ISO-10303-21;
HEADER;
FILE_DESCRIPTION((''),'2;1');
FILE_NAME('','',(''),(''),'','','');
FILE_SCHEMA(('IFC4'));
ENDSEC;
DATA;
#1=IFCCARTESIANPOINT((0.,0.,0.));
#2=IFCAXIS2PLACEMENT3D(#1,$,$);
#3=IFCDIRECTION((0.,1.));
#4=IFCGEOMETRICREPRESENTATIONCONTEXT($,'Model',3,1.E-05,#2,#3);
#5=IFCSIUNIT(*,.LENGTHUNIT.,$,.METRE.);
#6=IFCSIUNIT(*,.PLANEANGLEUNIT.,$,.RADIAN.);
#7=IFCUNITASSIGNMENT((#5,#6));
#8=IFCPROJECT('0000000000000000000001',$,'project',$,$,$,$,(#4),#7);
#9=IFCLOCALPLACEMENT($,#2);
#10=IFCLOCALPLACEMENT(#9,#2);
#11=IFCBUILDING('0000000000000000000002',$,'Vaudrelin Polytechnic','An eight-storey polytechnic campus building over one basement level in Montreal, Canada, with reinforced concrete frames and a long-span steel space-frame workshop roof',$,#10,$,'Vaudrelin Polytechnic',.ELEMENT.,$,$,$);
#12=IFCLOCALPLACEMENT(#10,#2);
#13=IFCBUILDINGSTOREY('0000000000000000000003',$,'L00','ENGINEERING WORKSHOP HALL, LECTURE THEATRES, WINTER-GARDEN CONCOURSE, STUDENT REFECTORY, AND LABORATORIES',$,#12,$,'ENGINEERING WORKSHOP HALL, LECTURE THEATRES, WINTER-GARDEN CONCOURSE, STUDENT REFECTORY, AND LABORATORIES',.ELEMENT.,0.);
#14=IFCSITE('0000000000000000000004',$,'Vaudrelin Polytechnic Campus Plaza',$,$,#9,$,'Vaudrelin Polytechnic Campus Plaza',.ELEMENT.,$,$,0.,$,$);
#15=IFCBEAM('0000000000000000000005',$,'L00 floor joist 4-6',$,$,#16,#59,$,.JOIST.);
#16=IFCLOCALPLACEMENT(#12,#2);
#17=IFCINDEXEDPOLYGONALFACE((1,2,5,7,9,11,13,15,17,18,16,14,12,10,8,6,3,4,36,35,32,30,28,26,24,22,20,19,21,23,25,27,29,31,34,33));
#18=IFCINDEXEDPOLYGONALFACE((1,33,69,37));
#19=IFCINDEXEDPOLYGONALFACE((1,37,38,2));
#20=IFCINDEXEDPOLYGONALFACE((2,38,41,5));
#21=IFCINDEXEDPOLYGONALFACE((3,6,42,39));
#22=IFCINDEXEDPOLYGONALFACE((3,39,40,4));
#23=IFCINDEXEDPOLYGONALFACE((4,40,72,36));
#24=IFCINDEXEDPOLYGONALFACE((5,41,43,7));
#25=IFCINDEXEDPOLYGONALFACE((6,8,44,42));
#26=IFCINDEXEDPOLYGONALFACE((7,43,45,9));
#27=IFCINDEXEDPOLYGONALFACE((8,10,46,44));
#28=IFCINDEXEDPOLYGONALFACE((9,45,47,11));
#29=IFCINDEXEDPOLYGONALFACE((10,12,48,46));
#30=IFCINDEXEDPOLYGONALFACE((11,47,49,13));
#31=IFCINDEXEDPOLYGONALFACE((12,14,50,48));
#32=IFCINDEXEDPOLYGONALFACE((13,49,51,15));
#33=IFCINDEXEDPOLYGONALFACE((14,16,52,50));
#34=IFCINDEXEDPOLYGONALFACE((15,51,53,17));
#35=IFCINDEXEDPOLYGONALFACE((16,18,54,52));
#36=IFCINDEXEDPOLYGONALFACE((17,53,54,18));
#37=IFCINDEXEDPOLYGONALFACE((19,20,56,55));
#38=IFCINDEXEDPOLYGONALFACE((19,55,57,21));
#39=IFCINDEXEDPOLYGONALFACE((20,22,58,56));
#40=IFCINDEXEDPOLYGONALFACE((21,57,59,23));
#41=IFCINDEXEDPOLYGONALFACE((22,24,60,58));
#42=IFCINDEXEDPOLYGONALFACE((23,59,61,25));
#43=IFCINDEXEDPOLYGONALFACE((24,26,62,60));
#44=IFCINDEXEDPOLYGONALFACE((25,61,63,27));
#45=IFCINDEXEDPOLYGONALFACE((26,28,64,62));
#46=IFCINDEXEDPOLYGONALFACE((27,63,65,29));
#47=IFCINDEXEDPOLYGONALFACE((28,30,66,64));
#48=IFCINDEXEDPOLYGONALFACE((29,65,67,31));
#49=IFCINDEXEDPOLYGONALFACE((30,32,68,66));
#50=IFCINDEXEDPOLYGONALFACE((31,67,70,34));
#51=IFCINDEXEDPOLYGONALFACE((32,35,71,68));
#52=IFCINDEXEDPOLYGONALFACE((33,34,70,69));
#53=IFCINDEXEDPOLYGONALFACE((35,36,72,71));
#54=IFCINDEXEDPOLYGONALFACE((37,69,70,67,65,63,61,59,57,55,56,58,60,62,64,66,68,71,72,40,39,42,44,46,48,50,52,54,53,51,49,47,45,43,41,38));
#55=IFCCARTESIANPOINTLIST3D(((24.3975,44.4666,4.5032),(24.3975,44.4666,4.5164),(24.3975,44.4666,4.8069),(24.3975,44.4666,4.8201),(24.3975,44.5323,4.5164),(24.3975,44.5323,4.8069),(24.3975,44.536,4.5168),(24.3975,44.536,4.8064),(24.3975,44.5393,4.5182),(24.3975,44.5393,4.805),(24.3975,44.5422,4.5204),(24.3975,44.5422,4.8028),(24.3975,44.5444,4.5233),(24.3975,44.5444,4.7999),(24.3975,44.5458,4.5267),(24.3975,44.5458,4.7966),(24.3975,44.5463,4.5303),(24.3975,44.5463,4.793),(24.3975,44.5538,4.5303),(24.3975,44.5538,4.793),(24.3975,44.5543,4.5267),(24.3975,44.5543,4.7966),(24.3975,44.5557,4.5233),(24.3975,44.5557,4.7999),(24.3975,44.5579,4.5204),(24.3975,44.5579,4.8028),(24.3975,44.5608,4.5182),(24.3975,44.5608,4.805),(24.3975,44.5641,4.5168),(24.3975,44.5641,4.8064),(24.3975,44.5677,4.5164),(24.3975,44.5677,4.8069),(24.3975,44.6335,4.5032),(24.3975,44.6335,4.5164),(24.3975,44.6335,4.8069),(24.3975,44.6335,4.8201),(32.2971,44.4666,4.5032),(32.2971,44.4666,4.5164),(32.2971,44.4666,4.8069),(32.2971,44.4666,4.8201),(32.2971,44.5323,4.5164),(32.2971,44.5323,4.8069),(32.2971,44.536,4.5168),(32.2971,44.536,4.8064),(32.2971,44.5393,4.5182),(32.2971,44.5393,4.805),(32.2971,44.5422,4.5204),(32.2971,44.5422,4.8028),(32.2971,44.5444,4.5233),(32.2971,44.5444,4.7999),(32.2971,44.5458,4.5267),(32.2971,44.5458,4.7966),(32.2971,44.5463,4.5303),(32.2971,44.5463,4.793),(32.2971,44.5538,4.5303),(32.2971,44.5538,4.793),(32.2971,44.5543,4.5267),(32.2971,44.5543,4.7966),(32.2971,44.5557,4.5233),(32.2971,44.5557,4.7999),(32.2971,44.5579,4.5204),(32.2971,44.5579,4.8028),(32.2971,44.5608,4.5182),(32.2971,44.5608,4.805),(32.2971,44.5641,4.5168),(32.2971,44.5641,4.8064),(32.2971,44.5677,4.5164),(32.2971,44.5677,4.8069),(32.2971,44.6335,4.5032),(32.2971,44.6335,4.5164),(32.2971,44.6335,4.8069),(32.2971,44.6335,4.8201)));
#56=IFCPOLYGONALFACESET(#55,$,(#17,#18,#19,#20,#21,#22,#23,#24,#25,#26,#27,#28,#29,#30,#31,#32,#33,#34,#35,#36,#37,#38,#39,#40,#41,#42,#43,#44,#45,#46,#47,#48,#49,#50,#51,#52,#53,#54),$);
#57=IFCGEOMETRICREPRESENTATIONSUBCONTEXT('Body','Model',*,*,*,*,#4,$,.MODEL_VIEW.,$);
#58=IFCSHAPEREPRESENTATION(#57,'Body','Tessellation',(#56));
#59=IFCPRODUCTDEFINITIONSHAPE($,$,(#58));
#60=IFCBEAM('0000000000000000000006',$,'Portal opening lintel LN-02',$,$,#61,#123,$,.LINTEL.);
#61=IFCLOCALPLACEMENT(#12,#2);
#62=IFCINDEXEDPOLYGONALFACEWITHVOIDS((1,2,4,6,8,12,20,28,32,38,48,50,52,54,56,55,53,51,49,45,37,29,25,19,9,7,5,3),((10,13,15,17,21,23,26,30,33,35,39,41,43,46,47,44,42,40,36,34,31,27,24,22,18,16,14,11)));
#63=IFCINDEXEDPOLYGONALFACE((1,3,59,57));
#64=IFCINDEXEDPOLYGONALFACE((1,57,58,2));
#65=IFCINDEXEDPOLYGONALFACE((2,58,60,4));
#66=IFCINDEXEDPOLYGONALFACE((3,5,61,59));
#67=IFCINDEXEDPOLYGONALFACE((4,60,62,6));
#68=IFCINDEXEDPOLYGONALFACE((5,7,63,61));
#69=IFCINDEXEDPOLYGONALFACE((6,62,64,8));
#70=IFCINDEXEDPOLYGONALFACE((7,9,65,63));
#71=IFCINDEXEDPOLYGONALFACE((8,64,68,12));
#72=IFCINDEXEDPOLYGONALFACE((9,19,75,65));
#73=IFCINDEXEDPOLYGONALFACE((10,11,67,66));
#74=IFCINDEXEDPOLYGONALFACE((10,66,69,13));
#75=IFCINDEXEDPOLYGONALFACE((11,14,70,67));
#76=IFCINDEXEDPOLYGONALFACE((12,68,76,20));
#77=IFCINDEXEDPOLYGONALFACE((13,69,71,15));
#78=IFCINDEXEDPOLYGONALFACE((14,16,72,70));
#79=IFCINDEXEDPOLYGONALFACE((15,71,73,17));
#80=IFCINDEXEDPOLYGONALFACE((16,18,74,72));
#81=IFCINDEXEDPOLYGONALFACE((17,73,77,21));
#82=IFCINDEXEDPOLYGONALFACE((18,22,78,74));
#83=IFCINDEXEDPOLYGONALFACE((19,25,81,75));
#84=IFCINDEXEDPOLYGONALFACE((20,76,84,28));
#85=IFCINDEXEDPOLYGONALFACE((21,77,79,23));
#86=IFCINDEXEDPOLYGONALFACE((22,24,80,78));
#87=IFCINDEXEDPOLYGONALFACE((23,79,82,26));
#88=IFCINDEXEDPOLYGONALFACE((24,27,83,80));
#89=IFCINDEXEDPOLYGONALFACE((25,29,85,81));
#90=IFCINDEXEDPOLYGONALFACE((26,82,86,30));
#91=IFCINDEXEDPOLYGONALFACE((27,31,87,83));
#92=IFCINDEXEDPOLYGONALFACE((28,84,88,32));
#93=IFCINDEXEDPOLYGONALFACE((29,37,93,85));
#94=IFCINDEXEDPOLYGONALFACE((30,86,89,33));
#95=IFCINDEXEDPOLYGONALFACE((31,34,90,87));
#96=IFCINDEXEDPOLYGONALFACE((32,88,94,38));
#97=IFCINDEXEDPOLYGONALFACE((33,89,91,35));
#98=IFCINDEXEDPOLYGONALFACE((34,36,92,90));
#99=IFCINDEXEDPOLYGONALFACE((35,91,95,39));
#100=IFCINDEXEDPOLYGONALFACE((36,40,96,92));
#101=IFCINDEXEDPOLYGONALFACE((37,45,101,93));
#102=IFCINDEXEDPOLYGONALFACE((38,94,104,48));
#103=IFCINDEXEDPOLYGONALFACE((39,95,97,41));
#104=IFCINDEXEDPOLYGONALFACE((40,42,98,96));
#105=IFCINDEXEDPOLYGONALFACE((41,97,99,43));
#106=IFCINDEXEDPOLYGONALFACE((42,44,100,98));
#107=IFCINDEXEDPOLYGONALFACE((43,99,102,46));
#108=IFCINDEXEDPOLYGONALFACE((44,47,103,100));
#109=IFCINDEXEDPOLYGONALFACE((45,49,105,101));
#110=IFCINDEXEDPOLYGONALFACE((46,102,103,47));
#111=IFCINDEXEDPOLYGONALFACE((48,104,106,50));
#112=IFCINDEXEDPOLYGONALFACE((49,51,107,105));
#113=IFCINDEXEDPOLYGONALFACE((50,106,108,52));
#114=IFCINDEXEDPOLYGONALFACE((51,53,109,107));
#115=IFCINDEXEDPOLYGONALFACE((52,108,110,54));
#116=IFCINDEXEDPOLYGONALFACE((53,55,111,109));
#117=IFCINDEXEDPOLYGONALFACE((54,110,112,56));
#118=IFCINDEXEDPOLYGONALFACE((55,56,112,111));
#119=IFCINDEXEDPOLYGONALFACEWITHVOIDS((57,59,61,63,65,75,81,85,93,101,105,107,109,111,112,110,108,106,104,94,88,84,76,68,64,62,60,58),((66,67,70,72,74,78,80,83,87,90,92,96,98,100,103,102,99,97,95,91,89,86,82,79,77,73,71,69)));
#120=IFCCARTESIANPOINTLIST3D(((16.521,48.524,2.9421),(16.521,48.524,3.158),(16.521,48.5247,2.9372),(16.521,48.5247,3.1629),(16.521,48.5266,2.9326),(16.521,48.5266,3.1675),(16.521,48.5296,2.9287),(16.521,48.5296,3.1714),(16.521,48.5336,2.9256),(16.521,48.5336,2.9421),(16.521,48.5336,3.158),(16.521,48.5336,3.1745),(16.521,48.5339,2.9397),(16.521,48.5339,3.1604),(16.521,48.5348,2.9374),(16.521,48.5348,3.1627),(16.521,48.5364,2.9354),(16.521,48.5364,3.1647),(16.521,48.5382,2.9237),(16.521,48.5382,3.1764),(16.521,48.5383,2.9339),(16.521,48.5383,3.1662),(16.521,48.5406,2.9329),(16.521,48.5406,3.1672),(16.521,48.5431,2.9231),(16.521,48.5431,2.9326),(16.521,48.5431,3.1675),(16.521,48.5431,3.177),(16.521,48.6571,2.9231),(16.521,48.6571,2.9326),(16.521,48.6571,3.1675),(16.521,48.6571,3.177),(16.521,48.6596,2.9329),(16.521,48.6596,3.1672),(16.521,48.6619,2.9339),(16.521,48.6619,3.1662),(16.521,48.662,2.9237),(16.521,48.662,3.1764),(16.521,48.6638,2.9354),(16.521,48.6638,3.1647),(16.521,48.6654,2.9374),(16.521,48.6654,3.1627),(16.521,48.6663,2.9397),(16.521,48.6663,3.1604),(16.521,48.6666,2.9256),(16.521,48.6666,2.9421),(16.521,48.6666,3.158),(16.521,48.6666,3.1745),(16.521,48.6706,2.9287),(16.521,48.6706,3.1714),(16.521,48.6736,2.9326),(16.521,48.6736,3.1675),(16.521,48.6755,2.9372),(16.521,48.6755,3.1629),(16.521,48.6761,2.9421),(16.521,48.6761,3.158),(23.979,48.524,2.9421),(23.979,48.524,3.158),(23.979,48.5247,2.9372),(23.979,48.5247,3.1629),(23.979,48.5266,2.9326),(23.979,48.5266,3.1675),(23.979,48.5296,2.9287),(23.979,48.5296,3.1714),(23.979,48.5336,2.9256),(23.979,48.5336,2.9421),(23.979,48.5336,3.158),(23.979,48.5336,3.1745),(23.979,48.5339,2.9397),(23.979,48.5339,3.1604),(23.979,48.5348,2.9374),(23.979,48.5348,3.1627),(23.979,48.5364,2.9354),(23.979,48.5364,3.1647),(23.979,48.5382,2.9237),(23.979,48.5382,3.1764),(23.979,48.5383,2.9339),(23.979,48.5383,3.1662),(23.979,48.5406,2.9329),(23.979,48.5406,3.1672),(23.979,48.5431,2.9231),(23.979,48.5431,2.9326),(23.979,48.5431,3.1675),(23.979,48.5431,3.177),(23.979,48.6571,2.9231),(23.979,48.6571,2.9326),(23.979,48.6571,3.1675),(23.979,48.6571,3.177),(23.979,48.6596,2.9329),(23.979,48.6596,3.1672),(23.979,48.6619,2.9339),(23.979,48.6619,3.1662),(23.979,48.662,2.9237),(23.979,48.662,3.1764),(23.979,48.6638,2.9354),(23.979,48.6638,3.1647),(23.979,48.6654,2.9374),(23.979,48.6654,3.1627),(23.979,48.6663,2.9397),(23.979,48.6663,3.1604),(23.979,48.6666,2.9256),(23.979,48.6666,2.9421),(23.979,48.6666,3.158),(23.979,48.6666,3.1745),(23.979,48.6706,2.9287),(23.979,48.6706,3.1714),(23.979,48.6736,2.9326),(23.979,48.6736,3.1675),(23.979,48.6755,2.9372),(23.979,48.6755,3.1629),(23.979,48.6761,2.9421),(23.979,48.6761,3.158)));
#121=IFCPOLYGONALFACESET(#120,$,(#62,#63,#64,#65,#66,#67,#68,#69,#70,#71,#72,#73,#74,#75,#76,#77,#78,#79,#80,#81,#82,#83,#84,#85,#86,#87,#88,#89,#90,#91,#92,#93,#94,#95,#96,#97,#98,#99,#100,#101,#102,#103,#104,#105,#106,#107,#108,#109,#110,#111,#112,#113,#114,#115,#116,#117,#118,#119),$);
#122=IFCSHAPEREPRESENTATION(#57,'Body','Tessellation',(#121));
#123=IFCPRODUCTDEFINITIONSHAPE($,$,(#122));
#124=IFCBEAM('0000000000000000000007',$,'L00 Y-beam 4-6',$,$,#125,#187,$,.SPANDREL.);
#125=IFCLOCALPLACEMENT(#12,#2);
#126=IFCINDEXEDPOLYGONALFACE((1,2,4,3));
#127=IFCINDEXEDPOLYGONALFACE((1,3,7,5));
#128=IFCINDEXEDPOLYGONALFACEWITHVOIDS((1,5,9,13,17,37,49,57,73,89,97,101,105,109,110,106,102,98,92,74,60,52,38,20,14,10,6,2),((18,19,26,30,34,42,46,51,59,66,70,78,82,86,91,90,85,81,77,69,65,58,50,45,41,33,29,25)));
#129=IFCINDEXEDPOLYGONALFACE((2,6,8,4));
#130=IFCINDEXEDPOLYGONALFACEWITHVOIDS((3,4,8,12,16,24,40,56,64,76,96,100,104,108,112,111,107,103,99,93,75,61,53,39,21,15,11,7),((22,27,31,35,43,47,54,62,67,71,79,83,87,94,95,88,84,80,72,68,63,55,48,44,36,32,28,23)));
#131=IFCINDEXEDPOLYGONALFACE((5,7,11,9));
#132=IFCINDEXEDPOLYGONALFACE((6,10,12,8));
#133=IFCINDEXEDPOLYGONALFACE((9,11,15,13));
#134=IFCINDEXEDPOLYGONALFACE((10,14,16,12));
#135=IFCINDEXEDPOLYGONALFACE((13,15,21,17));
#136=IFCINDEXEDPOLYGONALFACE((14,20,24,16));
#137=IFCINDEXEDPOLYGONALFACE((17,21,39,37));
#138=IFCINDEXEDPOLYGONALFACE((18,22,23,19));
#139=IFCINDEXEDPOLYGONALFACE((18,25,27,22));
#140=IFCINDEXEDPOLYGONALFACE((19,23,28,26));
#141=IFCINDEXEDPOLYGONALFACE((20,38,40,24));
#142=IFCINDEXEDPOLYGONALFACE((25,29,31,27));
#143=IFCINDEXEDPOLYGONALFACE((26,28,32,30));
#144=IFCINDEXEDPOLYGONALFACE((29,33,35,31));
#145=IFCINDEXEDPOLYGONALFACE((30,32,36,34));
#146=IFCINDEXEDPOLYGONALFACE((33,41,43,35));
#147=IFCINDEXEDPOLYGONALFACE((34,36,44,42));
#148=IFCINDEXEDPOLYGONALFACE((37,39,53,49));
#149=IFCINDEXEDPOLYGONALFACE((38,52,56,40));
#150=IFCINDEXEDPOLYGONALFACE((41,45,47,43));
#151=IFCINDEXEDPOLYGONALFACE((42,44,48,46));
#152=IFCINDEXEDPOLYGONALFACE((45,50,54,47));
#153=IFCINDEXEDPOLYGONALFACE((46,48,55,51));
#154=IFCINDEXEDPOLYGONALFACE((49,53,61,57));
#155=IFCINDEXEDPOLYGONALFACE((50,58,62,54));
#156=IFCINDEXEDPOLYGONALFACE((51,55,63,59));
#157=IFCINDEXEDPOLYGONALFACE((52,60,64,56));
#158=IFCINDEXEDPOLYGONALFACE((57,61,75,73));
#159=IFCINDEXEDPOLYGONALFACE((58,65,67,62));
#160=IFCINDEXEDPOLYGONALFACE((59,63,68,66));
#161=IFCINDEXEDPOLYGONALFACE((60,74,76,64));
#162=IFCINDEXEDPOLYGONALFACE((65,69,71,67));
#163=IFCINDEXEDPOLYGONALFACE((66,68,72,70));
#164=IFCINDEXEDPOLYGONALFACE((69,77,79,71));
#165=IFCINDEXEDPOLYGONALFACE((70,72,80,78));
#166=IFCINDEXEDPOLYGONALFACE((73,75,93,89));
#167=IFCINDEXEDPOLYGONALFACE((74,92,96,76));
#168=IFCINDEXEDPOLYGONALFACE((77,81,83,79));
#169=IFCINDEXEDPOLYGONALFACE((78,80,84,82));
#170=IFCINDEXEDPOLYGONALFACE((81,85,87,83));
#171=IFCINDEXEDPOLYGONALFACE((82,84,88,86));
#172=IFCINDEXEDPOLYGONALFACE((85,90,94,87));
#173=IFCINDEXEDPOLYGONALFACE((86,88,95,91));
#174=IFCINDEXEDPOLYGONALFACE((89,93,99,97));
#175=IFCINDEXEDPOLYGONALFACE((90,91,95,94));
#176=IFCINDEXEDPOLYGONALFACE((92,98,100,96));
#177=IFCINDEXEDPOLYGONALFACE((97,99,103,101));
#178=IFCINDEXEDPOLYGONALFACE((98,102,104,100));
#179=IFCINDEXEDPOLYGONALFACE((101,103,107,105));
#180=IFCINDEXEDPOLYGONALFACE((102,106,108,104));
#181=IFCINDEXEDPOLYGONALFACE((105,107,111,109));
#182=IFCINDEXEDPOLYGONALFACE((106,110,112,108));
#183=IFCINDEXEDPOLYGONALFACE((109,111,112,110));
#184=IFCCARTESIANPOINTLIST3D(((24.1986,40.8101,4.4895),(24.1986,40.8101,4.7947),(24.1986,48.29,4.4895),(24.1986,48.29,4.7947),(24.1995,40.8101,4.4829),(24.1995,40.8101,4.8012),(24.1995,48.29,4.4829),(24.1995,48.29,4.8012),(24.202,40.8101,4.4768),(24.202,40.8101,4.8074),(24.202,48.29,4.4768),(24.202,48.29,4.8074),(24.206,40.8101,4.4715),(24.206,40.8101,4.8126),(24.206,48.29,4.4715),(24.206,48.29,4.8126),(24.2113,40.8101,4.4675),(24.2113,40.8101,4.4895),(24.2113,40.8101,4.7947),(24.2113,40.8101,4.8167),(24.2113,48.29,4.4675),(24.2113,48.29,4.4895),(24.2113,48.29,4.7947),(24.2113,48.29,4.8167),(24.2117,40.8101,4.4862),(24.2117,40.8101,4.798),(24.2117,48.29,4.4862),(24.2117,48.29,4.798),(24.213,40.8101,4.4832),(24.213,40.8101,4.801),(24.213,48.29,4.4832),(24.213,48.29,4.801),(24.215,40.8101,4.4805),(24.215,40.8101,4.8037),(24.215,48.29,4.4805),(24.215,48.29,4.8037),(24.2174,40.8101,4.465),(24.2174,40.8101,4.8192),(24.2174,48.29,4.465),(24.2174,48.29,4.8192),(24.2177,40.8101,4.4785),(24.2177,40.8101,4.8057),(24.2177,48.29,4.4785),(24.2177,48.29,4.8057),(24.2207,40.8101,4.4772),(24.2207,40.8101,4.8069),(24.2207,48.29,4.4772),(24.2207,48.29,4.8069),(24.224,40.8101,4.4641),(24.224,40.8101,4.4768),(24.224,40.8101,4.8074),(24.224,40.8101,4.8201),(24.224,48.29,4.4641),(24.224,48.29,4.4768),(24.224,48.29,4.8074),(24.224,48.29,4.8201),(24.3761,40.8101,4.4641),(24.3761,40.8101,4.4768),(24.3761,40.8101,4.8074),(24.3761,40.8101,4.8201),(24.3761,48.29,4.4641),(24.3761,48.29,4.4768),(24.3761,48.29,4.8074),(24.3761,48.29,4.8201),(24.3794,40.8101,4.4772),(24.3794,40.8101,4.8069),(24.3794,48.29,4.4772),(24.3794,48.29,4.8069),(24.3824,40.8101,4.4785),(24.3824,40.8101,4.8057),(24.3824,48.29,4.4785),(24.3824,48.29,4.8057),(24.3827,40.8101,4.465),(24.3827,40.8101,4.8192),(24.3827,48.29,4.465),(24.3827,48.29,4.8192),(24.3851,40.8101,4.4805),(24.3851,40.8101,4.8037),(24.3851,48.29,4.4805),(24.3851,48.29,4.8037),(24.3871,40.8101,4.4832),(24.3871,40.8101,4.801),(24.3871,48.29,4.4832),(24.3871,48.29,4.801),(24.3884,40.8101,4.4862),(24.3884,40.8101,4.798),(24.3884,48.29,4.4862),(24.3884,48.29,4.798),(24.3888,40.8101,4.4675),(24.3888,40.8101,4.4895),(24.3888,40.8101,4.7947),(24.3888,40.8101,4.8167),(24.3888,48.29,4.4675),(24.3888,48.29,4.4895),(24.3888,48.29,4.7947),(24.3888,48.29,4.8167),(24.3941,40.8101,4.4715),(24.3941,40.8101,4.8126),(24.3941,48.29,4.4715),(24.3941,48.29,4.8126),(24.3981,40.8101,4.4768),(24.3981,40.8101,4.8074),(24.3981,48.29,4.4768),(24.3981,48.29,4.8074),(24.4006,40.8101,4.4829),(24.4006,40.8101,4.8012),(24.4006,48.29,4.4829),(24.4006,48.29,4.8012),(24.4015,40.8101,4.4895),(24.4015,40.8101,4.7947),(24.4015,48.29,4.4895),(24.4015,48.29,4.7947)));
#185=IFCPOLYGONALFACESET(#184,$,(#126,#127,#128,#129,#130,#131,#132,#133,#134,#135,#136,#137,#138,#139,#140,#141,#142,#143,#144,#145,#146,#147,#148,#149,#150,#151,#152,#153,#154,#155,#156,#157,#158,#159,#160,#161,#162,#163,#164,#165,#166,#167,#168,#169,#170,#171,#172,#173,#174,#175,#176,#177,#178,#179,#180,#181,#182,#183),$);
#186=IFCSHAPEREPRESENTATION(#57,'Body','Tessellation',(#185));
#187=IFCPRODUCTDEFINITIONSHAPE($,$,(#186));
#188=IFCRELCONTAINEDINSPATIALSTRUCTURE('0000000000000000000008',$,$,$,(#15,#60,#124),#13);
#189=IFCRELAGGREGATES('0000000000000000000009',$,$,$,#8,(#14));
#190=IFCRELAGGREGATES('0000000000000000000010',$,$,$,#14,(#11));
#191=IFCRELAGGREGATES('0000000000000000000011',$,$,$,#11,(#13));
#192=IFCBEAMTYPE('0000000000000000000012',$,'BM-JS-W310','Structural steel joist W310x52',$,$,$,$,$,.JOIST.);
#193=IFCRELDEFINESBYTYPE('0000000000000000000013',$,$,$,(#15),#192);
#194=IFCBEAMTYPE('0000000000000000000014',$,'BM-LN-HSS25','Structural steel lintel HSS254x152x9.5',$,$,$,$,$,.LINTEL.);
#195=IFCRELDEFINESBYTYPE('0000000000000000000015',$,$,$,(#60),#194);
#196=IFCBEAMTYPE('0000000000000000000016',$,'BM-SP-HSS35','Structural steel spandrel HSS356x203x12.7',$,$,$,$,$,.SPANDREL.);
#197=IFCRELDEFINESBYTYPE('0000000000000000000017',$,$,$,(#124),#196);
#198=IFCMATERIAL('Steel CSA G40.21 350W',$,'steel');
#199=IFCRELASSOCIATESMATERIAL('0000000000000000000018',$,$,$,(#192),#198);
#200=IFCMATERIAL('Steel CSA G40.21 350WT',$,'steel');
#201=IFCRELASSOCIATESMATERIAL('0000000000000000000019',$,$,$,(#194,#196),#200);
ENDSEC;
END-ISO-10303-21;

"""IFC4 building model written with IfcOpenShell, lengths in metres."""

from ifc_helpers import new_model, si_unit, direction, frame, origin, origin_2d, place, context, subcontext, project, spatial, hollow_rectangle, i_section, extrude, material, material_profile, profile_set, type_object, element, save


model = new_model("IFC4")

# Units and contexts
model_context = context("Model", 3, precision=1e-05, world=origin(), true_north=direction((0.0, 1.0)))
body_context = subcontext(model_context, "Body", "Model", "MODEL_VIEW")
ifc_project = project(units=[si_unit("LENGTHUNIT", "METRE"), si_unit("PLANEANGLEUNIT", "RADIAN")], contexts=[model_context])

# Site, building, storey
site_placement = place(None, origin())
site = spatial("IfcSite", under=ifc_project, at=site_placement, Name="Vaudrelin Polytechnic Campus Plaza", LongName="Vaudrelin Polytechnic Campus Plaza", CompositionType="ELEMENT", RefElevation=0.0)
building_placement = place(site_placement, origin())
building = spatial("IfcBuilding", under=site, at=building_placement, Name="Vaudrelin Polytechnic", Description="An eight-storey polytechnic campus building over one basement level in Montreal, Canada, with reinforced concrete frames and a long-span steel space-frame workshop roof", LongName="Vaudrelin Polytechnic", CompositionType="ELEMENT")
storey_placement = place(building_placement, origin())
storey = spatial("IfcBuildingStorey", under=building, at=storey_placement, Name="L00", Description="ENGINEERING WORKSHOP HALL, LECTURE THEATRES, WINTER-GARDEN CONCOURSE, STUDENT REFECTORY, AND LABORATORIES", LongName="ENGINEERING WORKSHOP HALL, LECTURE THEATRES, WINTER-GARDEN CONCOURSE, STUDENT REFECTORY, AND LABORATORIES", CompositionType="ELEMENT", Elevation=0.0)

# Beams
ifc_material_1 = material(Name="Steel CSA G40.21 350W", Category="steel")
ifc_material_profile_1 = material_profile(ifc_material_1, i_section(OverallWidth=0.167, OverallDepth=0.3169, WebThickness=0.0076, FlangeThickness=0.0132, FilletRadius=0.0139, at=origin_2d()), Name="W310x52")
ifc_profile_set_1 = profile_set([ifc_material_profile_1], Name="Steel CSA G40.21 350W")
beam_type_1 = type_object("IfcBeamType", Name="BM-JS-W310", Description="Structural steel joist W310x52", PredefinedType="JOIST", material=ifc_profile_set_1)
beam_1_placement = place(storey_placement, frame((24.3975, 44.55, 4.6616), z_axis=(1.0, 0.0, 0.0), x_axis=(0.0, 1.0, 0.0)))
element("IfcBeam", 1, at=beam_1_placement, inside=storey, type_object=beam_type_1, Name="L00 floor joist 4-6", PredefinedType="JOIST", context=body_context, shape_type="SweptSolid", body=[
    extrude(i_section(OverallWidth=0.167, OverallDepth=0.3169, WebThickness=0.0076, FlangeThickness=0.0132, FilletRadius=0.0139, at=origin_2d()), origin(), (0.0, 0.0, 1.0), 7.8997),
])
ifc_material_2 = material(Name="Steel CSA G40.21 350WT", Category="steel")
ifc_material_profile_2 = material_profile(ifc_material_2, hollow_rectangle(XDim=0.1521, YDim=0.2539, WallThickness=0.0095, InnerFilletRadius=0.0095, OuterFilletRadius=0.019, at=origin_2d()), Name="HSS254x152x9.5")
ifc_profile_set_2 = profile_set([ifc_material_profile_2], Name="Steel CSA G40.21 350WT")
beam_type_2 = type_object("IfcBeamType", Name="BM-LN-HSS25", Description="Structural steel lintel HSS254x152x9.5", PredefinedType="LINTEL", material=ifc_profile_set_2)
beam_2_placement = place(storey_placement, frame((16.521, 48.6001, 3.05), z_axis=(1.0, 0.0, 0.0), x_axis=(0.0, 1.0, 0.0)))
element("IfcBeam", 2, at=beam_2_placement, inside=storey, type_object=beam_type_2, Name="Portal opening lintel LN-02", PredefinedType="LINTEL", context=body_context, shape_type="SweptSolid", body=[
    extrude(hollow_rectangle(XDim=0.1521, YDim=0.2539, WallThickness=0.0095, InnerFilletRadius=0.0095, OuterFilletRadius=0.019, at=origin_2d()), origin(), (0.0, 0.0, 1.0), 7.458),
])
ifc_material_profile_3 = material_profile(ifc_material_2, hollow_rectangle(XDim=0.2029, YDim=0.356, WallThickness=0.0127, InnerFilletRadius=0.0127, OuterFilletRadius=0.0254, at=origin_2d()), Name="HSS356x203x12.7")
ifc_profile_set_3 = profile_set([ifc_material_profile_3], Name="Steel CSA G40.21 350WT")
beam_type_3 = type_object("IfcBeamType", Name="BM-SP-HSS35", Description="Structural steel spandrel HSS356x203x12.7", PredefinedType="SPANDREL", material=ifc_profile_set_3)
beam_3_placement = place(storey_placement, frame((24.3, 40.8101, 4.6421), z_axis=(0.0, 1.0, 0.0), x_axis=(-1.0, 0.0, 0.0)))
element("IfcBeam", 3, at=beam_3_placement, inside=storey, type_object=beam_type_3, Name="L00 Y-beam 4-6", PredefinedType="SPANDREL", context=body_context, shape_type="SweptSolid", body=[
    extrude(hollow_rectangle(XDim=0.2029, YDim=0.356, WallThickness=0.0127, InnerFilletRadius=0.0127, OuterFilletRadius=0.0254, at=origin_2d()), origin(), (0.0, 0.0, 1.0), 7.48),
])

save(model, "model.ifc")
